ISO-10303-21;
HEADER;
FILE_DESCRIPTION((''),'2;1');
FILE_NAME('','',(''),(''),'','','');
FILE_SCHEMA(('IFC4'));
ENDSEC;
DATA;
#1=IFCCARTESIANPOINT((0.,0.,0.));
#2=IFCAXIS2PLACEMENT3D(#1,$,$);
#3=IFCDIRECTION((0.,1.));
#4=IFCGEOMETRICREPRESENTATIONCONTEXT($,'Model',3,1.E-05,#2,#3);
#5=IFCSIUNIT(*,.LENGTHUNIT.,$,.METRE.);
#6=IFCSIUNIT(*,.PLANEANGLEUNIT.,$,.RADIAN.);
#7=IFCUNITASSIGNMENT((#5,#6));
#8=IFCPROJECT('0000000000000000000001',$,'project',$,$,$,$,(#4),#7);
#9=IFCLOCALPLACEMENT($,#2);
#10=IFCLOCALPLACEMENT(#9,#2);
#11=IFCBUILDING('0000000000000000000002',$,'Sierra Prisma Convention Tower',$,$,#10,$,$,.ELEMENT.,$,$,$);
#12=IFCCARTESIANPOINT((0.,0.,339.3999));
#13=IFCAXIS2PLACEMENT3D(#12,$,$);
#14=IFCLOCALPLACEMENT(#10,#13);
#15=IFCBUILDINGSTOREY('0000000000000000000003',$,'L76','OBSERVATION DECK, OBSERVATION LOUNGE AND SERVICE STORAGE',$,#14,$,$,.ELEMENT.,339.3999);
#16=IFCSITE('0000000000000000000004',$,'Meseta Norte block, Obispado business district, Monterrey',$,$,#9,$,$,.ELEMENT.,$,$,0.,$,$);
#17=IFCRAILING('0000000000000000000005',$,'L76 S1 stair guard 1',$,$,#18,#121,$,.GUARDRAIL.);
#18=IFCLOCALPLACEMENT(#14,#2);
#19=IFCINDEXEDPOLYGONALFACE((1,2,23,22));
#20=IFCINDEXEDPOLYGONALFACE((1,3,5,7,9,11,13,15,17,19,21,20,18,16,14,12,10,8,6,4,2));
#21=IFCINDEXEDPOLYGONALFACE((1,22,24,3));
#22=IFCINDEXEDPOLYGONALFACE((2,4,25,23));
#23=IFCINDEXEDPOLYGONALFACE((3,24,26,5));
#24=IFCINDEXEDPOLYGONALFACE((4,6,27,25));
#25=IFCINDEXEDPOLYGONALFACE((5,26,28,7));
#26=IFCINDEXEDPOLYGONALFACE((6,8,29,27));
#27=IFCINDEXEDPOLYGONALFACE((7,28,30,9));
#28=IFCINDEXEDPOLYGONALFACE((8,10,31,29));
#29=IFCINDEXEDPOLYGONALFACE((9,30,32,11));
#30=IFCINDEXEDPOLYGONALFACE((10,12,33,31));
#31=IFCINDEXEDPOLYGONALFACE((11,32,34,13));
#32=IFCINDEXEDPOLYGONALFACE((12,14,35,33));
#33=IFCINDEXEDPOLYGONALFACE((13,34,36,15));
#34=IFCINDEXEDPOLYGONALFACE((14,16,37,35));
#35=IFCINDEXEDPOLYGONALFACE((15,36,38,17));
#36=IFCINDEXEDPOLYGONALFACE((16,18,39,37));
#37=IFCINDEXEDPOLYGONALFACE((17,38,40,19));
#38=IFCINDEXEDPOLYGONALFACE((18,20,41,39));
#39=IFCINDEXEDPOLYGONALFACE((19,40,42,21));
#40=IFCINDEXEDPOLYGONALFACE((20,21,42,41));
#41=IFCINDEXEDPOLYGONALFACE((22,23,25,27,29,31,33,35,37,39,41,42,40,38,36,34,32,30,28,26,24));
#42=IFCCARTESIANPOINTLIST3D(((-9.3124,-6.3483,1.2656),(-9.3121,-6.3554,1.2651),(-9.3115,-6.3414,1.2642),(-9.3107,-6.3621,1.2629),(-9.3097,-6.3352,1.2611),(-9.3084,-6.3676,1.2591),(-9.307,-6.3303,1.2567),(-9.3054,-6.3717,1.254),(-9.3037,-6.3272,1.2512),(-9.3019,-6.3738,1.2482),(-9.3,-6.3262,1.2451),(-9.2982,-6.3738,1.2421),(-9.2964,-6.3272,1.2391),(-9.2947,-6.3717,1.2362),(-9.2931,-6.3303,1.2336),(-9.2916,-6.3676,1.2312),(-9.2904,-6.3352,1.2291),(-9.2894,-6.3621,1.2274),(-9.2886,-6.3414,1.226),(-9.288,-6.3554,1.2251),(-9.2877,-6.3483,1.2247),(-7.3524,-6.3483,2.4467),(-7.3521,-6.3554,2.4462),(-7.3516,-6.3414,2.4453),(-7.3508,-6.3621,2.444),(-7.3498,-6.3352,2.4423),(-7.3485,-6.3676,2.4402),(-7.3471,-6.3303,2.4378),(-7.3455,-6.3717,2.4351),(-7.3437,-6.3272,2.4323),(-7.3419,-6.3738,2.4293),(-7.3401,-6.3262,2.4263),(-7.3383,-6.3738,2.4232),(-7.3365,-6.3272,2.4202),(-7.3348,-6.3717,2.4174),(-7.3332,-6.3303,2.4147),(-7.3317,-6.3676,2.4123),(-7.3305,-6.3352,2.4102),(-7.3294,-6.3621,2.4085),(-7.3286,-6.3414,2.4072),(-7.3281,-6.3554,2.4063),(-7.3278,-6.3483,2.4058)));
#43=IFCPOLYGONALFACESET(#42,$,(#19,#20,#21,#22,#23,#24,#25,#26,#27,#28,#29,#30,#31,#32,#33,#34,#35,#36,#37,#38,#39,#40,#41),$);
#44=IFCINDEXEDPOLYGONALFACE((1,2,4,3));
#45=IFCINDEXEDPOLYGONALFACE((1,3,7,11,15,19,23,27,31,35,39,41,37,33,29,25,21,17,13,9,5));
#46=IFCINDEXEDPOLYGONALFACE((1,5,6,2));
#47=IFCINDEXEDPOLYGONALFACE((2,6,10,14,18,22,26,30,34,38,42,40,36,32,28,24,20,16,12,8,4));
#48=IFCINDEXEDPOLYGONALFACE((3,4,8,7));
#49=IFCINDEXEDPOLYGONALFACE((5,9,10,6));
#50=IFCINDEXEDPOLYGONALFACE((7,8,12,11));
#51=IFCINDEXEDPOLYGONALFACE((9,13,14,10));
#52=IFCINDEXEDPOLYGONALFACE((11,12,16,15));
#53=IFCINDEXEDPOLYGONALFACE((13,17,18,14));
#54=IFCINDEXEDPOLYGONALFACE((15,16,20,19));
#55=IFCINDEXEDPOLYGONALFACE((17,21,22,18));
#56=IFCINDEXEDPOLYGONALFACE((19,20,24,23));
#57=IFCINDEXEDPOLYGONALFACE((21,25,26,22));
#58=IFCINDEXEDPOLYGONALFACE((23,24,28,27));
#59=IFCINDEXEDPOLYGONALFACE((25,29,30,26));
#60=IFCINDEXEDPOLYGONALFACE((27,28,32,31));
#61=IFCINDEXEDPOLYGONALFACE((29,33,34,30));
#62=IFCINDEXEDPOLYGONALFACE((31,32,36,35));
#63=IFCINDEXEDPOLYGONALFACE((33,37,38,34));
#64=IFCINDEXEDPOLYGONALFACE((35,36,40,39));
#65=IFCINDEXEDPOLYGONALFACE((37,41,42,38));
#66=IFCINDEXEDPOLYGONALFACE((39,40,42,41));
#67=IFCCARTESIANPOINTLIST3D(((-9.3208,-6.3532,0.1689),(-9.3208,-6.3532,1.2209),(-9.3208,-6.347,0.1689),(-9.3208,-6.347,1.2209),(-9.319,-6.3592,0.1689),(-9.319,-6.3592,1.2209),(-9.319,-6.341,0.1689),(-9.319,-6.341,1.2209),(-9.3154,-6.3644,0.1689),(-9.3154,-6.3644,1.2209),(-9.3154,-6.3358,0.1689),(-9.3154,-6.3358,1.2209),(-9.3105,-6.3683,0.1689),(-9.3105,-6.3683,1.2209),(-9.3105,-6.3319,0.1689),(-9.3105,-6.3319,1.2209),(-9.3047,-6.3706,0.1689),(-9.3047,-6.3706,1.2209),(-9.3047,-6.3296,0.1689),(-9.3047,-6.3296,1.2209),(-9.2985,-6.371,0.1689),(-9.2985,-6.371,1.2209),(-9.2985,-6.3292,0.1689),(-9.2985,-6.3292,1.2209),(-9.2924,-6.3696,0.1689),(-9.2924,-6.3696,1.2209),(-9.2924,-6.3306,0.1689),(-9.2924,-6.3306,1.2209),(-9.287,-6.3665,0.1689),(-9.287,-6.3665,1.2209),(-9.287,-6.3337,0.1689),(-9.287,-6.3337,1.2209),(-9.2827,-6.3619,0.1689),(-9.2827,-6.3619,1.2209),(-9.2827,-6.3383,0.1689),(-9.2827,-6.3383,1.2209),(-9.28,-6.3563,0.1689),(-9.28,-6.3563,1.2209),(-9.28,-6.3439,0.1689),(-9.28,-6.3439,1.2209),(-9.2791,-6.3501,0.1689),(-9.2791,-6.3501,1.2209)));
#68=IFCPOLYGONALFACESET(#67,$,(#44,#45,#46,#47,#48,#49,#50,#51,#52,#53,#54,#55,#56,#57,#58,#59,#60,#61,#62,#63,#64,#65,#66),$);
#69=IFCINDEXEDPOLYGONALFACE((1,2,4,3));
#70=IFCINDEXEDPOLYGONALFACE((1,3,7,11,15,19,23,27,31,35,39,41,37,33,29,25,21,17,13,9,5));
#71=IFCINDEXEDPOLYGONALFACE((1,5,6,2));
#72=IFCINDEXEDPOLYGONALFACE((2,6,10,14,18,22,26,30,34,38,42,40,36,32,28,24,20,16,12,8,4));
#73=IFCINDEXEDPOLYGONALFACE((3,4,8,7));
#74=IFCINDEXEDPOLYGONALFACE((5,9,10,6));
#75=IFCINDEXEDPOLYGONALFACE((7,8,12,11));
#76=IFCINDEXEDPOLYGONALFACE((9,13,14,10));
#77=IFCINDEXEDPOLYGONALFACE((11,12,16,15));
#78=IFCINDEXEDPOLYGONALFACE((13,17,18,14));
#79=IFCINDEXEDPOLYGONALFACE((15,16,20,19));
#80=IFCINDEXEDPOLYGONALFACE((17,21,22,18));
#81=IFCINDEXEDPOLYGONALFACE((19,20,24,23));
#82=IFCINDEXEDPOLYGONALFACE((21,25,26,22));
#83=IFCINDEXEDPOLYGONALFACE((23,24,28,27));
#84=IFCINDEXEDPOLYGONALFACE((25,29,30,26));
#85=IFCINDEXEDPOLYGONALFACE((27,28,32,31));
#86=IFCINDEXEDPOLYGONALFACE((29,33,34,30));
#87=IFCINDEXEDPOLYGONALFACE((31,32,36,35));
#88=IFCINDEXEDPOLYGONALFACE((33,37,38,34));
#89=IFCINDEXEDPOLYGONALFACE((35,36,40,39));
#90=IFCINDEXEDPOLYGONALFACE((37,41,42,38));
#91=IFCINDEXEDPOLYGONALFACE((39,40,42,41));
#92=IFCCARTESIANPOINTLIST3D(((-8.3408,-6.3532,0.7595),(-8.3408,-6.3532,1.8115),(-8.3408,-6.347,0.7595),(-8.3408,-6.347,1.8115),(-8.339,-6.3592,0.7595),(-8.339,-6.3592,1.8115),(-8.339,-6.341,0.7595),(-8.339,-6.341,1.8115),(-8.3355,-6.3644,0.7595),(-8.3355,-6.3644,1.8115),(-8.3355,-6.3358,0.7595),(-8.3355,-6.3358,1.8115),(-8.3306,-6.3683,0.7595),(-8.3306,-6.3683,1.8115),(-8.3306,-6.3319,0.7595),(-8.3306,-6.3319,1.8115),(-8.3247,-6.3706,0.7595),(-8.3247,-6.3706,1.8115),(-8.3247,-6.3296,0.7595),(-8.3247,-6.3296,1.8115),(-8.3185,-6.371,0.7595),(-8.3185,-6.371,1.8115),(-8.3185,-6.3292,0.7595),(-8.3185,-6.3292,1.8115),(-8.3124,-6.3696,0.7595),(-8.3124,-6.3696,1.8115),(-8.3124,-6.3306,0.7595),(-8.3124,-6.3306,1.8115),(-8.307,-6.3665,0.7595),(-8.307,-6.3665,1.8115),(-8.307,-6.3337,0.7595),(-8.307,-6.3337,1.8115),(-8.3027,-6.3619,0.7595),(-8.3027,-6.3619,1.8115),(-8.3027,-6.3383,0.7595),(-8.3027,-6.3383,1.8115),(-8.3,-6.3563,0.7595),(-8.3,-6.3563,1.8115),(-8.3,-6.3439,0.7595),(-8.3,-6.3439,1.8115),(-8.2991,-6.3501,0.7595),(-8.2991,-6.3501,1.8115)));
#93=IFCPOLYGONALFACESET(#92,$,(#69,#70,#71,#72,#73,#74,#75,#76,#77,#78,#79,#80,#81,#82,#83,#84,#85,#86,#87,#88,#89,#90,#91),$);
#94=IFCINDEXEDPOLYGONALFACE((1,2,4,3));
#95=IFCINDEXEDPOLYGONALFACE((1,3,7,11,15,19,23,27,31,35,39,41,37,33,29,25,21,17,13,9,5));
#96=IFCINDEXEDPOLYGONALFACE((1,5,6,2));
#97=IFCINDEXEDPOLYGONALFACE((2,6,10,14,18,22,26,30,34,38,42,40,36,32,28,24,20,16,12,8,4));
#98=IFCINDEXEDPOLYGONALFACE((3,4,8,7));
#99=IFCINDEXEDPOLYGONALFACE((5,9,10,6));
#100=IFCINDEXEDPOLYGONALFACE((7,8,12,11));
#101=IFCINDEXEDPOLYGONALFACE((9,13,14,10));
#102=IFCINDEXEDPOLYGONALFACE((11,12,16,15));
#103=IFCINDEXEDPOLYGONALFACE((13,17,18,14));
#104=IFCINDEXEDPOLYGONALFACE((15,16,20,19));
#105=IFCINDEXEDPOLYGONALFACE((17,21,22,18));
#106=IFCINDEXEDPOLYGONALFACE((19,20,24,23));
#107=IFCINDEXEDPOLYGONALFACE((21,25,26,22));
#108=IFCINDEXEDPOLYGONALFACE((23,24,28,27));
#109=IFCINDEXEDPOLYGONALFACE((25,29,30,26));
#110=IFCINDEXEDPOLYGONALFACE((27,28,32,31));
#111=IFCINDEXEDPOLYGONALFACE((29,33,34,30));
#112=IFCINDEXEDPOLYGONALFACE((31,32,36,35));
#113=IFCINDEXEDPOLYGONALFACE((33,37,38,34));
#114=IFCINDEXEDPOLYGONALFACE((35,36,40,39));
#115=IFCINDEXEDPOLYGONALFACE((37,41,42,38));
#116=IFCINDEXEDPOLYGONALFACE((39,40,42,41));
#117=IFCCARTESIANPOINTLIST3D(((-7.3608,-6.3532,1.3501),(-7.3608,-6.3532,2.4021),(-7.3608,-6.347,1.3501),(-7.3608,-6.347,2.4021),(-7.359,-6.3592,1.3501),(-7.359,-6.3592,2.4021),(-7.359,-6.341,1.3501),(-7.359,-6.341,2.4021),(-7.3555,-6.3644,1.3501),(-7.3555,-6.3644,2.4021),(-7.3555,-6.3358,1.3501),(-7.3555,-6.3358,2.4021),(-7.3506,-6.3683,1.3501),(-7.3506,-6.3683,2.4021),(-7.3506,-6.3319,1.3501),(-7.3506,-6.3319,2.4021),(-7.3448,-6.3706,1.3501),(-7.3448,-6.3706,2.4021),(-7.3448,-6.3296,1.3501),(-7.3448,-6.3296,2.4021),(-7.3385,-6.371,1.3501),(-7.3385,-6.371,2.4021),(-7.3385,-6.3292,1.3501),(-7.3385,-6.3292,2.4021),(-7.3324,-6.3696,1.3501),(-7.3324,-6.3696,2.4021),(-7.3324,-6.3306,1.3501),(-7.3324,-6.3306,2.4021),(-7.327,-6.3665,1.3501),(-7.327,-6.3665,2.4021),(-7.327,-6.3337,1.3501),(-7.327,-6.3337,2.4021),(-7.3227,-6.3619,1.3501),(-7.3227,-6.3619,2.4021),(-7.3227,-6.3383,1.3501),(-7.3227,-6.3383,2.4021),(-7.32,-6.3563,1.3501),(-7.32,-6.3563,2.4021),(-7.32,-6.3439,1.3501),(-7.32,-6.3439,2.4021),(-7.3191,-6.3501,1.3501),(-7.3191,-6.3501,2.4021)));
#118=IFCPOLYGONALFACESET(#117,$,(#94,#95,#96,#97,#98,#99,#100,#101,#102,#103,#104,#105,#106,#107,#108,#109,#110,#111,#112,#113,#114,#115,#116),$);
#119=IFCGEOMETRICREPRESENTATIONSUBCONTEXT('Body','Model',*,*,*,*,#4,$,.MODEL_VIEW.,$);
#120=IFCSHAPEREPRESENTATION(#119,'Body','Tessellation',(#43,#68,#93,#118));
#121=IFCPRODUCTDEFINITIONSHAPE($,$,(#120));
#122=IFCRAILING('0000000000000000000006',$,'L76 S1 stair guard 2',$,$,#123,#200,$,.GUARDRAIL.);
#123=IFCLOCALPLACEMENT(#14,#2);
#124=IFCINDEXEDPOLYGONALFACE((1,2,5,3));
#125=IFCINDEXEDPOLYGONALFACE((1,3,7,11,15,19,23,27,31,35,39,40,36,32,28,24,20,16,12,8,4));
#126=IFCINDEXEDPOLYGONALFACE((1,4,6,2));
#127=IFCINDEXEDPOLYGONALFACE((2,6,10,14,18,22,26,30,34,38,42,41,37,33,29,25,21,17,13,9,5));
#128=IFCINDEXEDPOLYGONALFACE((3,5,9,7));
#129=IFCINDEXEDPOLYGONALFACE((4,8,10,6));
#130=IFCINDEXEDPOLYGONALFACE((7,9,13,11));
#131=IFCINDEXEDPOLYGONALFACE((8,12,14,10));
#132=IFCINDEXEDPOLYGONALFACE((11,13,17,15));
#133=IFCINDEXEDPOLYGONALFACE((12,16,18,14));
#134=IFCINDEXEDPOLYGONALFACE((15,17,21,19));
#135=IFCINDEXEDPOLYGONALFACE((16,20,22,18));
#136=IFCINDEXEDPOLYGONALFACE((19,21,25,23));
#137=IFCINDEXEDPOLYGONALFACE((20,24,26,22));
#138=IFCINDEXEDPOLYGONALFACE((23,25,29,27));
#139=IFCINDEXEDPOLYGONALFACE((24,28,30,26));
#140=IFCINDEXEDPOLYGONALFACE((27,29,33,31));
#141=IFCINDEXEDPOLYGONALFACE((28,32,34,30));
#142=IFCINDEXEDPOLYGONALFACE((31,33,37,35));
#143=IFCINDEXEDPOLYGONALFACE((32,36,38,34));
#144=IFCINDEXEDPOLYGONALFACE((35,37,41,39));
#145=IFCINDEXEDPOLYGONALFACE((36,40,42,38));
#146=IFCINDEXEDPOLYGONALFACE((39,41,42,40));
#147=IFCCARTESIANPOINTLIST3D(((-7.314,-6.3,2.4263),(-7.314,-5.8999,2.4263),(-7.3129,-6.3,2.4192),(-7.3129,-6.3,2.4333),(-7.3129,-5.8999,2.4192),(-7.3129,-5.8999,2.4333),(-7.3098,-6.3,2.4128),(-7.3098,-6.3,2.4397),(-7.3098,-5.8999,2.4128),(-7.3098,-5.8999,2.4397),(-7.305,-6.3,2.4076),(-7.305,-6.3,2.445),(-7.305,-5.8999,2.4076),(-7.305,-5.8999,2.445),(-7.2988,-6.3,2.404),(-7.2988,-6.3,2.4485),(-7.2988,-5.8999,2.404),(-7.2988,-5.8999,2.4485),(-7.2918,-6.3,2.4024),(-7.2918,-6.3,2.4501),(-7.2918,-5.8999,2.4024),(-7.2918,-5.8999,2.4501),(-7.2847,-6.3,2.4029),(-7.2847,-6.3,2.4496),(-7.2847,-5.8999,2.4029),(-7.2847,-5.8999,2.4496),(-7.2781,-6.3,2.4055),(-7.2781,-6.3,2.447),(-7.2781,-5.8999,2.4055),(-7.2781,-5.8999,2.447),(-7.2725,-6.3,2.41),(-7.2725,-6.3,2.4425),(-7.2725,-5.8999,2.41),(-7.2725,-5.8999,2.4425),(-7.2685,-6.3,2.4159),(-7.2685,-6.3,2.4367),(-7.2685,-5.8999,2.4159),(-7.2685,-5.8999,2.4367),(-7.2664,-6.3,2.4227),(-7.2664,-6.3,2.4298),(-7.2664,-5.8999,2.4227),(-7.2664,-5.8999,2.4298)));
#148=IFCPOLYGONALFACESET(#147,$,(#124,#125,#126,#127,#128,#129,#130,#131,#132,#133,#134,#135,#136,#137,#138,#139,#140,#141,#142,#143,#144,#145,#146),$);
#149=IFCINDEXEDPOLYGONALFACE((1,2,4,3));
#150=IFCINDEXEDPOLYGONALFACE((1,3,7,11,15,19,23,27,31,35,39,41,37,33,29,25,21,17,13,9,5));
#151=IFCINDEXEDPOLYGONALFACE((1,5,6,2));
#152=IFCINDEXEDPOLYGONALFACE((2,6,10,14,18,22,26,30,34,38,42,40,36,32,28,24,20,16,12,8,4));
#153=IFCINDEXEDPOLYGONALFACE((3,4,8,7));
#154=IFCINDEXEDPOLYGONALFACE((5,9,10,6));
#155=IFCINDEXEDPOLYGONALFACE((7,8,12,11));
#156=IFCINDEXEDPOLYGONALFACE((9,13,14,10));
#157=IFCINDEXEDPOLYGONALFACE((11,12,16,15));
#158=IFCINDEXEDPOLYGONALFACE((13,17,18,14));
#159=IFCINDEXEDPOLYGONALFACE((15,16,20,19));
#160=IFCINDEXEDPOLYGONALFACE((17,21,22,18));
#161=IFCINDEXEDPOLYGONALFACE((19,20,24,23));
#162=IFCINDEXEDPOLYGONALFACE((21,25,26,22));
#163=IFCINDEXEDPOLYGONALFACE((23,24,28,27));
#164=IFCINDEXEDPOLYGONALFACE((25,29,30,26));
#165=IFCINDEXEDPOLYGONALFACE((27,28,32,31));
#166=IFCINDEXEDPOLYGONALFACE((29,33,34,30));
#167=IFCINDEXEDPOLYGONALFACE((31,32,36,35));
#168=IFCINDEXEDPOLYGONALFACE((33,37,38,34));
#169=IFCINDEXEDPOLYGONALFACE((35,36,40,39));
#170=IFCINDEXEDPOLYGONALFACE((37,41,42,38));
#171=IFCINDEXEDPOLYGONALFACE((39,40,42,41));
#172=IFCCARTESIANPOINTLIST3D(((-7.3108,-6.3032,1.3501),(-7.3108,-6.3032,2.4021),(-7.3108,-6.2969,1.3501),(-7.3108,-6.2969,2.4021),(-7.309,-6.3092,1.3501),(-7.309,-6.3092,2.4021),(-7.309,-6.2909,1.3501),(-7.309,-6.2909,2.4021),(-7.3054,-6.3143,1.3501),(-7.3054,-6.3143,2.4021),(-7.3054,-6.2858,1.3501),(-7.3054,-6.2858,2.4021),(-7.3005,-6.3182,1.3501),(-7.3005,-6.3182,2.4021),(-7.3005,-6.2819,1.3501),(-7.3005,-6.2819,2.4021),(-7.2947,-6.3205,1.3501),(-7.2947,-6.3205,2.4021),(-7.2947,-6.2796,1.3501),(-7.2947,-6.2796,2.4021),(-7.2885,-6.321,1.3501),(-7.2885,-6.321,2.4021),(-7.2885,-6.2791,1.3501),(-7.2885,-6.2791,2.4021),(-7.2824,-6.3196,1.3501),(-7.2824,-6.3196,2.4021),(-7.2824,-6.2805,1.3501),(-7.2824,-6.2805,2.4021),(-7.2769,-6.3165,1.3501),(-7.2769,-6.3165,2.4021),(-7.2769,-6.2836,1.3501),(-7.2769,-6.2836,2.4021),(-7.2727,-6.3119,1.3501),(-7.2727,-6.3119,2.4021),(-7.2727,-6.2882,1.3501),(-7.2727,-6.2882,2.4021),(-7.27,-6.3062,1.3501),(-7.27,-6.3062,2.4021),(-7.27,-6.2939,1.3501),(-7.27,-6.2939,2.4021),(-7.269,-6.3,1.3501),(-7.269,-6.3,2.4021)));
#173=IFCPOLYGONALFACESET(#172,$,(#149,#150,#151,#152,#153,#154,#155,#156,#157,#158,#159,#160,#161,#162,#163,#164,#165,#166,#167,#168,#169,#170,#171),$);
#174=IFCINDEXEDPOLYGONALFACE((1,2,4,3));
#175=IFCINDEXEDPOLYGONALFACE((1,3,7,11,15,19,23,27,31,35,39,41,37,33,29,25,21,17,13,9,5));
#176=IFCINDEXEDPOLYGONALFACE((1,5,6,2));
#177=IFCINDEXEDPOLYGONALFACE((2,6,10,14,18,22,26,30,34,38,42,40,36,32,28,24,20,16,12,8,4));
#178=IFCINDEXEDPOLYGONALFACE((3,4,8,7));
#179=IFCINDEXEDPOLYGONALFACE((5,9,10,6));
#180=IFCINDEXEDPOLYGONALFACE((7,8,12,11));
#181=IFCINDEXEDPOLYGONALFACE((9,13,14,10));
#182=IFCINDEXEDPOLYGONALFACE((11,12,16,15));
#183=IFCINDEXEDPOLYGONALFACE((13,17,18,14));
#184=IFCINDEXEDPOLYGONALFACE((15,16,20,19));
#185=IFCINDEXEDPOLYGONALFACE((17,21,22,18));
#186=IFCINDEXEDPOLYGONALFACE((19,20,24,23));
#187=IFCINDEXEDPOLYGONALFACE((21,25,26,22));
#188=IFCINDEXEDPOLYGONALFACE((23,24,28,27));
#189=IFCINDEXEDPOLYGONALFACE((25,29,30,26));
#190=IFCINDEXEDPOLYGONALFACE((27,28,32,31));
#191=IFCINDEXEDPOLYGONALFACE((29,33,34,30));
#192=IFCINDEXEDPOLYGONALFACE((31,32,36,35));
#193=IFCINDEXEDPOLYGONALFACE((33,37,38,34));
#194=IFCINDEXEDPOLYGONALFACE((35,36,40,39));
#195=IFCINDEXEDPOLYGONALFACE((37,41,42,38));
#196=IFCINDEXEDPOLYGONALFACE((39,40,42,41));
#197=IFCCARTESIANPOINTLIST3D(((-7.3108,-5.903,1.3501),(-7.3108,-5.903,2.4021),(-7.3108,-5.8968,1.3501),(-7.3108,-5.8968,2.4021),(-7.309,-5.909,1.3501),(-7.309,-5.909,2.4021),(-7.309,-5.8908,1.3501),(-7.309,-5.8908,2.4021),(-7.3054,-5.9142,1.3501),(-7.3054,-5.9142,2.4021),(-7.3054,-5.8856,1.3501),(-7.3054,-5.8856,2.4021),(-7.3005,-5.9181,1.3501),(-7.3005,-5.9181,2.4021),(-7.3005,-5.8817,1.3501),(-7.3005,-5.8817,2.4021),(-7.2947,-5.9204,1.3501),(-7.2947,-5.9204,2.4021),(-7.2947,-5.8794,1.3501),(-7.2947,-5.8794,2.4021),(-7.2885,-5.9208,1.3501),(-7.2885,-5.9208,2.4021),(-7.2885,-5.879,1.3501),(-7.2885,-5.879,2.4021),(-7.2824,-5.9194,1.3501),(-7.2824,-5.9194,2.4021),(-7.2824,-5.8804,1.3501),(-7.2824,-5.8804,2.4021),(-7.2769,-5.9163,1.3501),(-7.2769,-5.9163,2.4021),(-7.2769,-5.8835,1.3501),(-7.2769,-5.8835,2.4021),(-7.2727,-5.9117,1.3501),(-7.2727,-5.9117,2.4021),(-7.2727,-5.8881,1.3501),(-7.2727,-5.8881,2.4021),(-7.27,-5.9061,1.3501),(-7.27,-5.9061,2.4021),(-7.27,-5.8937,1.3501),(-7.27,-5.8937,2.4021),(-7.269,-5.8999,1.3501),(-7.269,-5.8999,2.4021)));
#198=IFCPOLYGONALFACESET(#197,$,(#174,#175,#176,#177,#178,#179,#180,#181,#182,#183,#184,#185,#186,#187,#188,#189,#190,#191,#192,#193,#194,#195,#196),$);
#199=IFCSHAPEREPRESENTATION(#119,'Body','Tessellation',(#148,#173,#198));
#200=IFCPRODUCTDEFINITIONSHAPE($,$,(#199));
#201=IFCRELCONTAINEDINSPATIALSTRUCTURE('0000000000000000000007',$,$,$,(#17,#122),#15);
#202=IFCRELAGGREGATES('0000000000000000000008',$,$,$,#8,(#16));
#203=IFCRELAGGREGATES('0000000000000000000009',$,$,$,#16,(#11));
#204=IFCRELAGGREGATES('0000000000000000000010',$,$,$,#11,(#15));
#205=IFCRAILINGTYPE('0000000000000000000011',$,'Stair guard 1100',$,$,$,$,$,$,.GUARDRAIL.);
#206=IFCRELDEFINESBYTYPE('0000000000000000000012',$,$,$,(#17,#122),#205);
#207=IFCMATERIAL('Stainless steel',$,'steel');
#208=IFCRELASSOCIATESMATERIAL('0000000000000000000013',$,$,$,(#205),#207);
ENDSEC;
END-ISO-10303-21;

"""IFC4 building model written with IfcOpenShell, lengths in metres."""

from ifc_helpers import new_model, si_unit, direction, frame, origin, origin_2d, place, context, subcontext, project, spatial, circle, extrude, material, type_object, element, save


model = new_model("IFC4")

# Units and contexts
model_context = context("Model", 3, precision=1e-05, world=origin(), true_north=direction((0.0, 1.0)))
body_context = subcontext(model_context, "Body", "Model", "MODEL_VIEW")
ifc_project = project(units=[si_unit("LENGTHUNIT", "METRE"), si_unit("PLANEANGLEUNIT", "RADIAN")], contexts=[model_context])

# Site, building, storey
site_placement = place(None, origin())
site = spatial("IfcSite", under=ifc_project, at=site_placement, Name="Meseta Norte block, Obispado business district, Monterrey", CompositionType="ELEMENT", RefElevation=0.0)
building_placement = place(site_placement, origin())
building = spatial("IfcBuilding", under=site, at=building_placement, Name="Sierra Prisma Convention Tower", CompositionType="ELEMENT")
storey_placement = place(building_placement, frame((0.0, 0.0, 339.3999)))
storey = spatial("IfcBuildingStorey", under=building, at=storey_placement, Name="L76", Description="OBSERVATION DECK, OBSERVATION LOUNGE AND SERVICE STORAGE", CompositionType="ELEMENT", Elevation=339.3999)

# Railings
ifc_material_1 = material(Name="Stainless steel", Category="steel")
railing_type = type_object("IfcRailingType", Name="Stair guard 1100", PredefinedType="GUARDRAIL", material=ifc_material_1)
railing_1_placement = place(storey_placement, frame((-9.3, -6.3501, 0.1689)))
element("IfcRailing", 1, at=railing_1_placement, inside=storey, type_object=railing_type, Name="L76 S1 stair guard 1", PredefinedType="GUARDRAIL", context=body_context, shape_type="SweptSolid", body=[
    extrude(circle(Radius=0.0239, at=origin_2d()), frame((0.0, 0.0, 1.0762), z_axis=(0.856493, 0.0, 0.516158), x_axis=(0.0, 1.0, 0.0)), (0.0, 0.0, 1.0), 2.2883),
    extrude(circle(Radius=0.021, at=origin_2d()), origin(), (0.0, 0.0, 1.0), 1.052),
    extrude(circle(Radius=0.021, at=origin_2d()), frame((0.98, 0.0, 0.5906)), (0.0, 0.0, 1.0), 1.052),
    extrude(circle(Radius=0.021, at=origin_2d()), frame((1.96, 0.0, 1.1812)), (0.0, 0.0, 1.0), 1.052),
])
railing_2_placement = place(storey_placement, frame((-7.29, -6.3, 1.3501)))
element("IfcRailing", 2, at=railing_2_placement, inside=storey, type_object=railing_type, Name="L76 S1 stair guard 2", PredefinedType="GUARDRAIL", context=body_context, shape_type="SweptSolid", body=[
    extrude(circle(Radius=0.0239, at=origin_2d()), frame((0.0, 0.0, 1.0762), z_axis=(0.0, 1.0, 0.0), x_axis=(-1.0, 0.0, 0.0)), (0.0, 0.0, 1.0), 0.4001),
    extrude(circle(Radius=0.021, at=origin_2d()), origin(), (0.0, 0.0, 1.0), 1.052),
    extrude(circle(Radius=0.021, at=origin_2d()), frame((0.0, 0.4001, 0.0)), (0.0, 0.0, 1.0), 1.052),
])

save(model, "model.ifc")
